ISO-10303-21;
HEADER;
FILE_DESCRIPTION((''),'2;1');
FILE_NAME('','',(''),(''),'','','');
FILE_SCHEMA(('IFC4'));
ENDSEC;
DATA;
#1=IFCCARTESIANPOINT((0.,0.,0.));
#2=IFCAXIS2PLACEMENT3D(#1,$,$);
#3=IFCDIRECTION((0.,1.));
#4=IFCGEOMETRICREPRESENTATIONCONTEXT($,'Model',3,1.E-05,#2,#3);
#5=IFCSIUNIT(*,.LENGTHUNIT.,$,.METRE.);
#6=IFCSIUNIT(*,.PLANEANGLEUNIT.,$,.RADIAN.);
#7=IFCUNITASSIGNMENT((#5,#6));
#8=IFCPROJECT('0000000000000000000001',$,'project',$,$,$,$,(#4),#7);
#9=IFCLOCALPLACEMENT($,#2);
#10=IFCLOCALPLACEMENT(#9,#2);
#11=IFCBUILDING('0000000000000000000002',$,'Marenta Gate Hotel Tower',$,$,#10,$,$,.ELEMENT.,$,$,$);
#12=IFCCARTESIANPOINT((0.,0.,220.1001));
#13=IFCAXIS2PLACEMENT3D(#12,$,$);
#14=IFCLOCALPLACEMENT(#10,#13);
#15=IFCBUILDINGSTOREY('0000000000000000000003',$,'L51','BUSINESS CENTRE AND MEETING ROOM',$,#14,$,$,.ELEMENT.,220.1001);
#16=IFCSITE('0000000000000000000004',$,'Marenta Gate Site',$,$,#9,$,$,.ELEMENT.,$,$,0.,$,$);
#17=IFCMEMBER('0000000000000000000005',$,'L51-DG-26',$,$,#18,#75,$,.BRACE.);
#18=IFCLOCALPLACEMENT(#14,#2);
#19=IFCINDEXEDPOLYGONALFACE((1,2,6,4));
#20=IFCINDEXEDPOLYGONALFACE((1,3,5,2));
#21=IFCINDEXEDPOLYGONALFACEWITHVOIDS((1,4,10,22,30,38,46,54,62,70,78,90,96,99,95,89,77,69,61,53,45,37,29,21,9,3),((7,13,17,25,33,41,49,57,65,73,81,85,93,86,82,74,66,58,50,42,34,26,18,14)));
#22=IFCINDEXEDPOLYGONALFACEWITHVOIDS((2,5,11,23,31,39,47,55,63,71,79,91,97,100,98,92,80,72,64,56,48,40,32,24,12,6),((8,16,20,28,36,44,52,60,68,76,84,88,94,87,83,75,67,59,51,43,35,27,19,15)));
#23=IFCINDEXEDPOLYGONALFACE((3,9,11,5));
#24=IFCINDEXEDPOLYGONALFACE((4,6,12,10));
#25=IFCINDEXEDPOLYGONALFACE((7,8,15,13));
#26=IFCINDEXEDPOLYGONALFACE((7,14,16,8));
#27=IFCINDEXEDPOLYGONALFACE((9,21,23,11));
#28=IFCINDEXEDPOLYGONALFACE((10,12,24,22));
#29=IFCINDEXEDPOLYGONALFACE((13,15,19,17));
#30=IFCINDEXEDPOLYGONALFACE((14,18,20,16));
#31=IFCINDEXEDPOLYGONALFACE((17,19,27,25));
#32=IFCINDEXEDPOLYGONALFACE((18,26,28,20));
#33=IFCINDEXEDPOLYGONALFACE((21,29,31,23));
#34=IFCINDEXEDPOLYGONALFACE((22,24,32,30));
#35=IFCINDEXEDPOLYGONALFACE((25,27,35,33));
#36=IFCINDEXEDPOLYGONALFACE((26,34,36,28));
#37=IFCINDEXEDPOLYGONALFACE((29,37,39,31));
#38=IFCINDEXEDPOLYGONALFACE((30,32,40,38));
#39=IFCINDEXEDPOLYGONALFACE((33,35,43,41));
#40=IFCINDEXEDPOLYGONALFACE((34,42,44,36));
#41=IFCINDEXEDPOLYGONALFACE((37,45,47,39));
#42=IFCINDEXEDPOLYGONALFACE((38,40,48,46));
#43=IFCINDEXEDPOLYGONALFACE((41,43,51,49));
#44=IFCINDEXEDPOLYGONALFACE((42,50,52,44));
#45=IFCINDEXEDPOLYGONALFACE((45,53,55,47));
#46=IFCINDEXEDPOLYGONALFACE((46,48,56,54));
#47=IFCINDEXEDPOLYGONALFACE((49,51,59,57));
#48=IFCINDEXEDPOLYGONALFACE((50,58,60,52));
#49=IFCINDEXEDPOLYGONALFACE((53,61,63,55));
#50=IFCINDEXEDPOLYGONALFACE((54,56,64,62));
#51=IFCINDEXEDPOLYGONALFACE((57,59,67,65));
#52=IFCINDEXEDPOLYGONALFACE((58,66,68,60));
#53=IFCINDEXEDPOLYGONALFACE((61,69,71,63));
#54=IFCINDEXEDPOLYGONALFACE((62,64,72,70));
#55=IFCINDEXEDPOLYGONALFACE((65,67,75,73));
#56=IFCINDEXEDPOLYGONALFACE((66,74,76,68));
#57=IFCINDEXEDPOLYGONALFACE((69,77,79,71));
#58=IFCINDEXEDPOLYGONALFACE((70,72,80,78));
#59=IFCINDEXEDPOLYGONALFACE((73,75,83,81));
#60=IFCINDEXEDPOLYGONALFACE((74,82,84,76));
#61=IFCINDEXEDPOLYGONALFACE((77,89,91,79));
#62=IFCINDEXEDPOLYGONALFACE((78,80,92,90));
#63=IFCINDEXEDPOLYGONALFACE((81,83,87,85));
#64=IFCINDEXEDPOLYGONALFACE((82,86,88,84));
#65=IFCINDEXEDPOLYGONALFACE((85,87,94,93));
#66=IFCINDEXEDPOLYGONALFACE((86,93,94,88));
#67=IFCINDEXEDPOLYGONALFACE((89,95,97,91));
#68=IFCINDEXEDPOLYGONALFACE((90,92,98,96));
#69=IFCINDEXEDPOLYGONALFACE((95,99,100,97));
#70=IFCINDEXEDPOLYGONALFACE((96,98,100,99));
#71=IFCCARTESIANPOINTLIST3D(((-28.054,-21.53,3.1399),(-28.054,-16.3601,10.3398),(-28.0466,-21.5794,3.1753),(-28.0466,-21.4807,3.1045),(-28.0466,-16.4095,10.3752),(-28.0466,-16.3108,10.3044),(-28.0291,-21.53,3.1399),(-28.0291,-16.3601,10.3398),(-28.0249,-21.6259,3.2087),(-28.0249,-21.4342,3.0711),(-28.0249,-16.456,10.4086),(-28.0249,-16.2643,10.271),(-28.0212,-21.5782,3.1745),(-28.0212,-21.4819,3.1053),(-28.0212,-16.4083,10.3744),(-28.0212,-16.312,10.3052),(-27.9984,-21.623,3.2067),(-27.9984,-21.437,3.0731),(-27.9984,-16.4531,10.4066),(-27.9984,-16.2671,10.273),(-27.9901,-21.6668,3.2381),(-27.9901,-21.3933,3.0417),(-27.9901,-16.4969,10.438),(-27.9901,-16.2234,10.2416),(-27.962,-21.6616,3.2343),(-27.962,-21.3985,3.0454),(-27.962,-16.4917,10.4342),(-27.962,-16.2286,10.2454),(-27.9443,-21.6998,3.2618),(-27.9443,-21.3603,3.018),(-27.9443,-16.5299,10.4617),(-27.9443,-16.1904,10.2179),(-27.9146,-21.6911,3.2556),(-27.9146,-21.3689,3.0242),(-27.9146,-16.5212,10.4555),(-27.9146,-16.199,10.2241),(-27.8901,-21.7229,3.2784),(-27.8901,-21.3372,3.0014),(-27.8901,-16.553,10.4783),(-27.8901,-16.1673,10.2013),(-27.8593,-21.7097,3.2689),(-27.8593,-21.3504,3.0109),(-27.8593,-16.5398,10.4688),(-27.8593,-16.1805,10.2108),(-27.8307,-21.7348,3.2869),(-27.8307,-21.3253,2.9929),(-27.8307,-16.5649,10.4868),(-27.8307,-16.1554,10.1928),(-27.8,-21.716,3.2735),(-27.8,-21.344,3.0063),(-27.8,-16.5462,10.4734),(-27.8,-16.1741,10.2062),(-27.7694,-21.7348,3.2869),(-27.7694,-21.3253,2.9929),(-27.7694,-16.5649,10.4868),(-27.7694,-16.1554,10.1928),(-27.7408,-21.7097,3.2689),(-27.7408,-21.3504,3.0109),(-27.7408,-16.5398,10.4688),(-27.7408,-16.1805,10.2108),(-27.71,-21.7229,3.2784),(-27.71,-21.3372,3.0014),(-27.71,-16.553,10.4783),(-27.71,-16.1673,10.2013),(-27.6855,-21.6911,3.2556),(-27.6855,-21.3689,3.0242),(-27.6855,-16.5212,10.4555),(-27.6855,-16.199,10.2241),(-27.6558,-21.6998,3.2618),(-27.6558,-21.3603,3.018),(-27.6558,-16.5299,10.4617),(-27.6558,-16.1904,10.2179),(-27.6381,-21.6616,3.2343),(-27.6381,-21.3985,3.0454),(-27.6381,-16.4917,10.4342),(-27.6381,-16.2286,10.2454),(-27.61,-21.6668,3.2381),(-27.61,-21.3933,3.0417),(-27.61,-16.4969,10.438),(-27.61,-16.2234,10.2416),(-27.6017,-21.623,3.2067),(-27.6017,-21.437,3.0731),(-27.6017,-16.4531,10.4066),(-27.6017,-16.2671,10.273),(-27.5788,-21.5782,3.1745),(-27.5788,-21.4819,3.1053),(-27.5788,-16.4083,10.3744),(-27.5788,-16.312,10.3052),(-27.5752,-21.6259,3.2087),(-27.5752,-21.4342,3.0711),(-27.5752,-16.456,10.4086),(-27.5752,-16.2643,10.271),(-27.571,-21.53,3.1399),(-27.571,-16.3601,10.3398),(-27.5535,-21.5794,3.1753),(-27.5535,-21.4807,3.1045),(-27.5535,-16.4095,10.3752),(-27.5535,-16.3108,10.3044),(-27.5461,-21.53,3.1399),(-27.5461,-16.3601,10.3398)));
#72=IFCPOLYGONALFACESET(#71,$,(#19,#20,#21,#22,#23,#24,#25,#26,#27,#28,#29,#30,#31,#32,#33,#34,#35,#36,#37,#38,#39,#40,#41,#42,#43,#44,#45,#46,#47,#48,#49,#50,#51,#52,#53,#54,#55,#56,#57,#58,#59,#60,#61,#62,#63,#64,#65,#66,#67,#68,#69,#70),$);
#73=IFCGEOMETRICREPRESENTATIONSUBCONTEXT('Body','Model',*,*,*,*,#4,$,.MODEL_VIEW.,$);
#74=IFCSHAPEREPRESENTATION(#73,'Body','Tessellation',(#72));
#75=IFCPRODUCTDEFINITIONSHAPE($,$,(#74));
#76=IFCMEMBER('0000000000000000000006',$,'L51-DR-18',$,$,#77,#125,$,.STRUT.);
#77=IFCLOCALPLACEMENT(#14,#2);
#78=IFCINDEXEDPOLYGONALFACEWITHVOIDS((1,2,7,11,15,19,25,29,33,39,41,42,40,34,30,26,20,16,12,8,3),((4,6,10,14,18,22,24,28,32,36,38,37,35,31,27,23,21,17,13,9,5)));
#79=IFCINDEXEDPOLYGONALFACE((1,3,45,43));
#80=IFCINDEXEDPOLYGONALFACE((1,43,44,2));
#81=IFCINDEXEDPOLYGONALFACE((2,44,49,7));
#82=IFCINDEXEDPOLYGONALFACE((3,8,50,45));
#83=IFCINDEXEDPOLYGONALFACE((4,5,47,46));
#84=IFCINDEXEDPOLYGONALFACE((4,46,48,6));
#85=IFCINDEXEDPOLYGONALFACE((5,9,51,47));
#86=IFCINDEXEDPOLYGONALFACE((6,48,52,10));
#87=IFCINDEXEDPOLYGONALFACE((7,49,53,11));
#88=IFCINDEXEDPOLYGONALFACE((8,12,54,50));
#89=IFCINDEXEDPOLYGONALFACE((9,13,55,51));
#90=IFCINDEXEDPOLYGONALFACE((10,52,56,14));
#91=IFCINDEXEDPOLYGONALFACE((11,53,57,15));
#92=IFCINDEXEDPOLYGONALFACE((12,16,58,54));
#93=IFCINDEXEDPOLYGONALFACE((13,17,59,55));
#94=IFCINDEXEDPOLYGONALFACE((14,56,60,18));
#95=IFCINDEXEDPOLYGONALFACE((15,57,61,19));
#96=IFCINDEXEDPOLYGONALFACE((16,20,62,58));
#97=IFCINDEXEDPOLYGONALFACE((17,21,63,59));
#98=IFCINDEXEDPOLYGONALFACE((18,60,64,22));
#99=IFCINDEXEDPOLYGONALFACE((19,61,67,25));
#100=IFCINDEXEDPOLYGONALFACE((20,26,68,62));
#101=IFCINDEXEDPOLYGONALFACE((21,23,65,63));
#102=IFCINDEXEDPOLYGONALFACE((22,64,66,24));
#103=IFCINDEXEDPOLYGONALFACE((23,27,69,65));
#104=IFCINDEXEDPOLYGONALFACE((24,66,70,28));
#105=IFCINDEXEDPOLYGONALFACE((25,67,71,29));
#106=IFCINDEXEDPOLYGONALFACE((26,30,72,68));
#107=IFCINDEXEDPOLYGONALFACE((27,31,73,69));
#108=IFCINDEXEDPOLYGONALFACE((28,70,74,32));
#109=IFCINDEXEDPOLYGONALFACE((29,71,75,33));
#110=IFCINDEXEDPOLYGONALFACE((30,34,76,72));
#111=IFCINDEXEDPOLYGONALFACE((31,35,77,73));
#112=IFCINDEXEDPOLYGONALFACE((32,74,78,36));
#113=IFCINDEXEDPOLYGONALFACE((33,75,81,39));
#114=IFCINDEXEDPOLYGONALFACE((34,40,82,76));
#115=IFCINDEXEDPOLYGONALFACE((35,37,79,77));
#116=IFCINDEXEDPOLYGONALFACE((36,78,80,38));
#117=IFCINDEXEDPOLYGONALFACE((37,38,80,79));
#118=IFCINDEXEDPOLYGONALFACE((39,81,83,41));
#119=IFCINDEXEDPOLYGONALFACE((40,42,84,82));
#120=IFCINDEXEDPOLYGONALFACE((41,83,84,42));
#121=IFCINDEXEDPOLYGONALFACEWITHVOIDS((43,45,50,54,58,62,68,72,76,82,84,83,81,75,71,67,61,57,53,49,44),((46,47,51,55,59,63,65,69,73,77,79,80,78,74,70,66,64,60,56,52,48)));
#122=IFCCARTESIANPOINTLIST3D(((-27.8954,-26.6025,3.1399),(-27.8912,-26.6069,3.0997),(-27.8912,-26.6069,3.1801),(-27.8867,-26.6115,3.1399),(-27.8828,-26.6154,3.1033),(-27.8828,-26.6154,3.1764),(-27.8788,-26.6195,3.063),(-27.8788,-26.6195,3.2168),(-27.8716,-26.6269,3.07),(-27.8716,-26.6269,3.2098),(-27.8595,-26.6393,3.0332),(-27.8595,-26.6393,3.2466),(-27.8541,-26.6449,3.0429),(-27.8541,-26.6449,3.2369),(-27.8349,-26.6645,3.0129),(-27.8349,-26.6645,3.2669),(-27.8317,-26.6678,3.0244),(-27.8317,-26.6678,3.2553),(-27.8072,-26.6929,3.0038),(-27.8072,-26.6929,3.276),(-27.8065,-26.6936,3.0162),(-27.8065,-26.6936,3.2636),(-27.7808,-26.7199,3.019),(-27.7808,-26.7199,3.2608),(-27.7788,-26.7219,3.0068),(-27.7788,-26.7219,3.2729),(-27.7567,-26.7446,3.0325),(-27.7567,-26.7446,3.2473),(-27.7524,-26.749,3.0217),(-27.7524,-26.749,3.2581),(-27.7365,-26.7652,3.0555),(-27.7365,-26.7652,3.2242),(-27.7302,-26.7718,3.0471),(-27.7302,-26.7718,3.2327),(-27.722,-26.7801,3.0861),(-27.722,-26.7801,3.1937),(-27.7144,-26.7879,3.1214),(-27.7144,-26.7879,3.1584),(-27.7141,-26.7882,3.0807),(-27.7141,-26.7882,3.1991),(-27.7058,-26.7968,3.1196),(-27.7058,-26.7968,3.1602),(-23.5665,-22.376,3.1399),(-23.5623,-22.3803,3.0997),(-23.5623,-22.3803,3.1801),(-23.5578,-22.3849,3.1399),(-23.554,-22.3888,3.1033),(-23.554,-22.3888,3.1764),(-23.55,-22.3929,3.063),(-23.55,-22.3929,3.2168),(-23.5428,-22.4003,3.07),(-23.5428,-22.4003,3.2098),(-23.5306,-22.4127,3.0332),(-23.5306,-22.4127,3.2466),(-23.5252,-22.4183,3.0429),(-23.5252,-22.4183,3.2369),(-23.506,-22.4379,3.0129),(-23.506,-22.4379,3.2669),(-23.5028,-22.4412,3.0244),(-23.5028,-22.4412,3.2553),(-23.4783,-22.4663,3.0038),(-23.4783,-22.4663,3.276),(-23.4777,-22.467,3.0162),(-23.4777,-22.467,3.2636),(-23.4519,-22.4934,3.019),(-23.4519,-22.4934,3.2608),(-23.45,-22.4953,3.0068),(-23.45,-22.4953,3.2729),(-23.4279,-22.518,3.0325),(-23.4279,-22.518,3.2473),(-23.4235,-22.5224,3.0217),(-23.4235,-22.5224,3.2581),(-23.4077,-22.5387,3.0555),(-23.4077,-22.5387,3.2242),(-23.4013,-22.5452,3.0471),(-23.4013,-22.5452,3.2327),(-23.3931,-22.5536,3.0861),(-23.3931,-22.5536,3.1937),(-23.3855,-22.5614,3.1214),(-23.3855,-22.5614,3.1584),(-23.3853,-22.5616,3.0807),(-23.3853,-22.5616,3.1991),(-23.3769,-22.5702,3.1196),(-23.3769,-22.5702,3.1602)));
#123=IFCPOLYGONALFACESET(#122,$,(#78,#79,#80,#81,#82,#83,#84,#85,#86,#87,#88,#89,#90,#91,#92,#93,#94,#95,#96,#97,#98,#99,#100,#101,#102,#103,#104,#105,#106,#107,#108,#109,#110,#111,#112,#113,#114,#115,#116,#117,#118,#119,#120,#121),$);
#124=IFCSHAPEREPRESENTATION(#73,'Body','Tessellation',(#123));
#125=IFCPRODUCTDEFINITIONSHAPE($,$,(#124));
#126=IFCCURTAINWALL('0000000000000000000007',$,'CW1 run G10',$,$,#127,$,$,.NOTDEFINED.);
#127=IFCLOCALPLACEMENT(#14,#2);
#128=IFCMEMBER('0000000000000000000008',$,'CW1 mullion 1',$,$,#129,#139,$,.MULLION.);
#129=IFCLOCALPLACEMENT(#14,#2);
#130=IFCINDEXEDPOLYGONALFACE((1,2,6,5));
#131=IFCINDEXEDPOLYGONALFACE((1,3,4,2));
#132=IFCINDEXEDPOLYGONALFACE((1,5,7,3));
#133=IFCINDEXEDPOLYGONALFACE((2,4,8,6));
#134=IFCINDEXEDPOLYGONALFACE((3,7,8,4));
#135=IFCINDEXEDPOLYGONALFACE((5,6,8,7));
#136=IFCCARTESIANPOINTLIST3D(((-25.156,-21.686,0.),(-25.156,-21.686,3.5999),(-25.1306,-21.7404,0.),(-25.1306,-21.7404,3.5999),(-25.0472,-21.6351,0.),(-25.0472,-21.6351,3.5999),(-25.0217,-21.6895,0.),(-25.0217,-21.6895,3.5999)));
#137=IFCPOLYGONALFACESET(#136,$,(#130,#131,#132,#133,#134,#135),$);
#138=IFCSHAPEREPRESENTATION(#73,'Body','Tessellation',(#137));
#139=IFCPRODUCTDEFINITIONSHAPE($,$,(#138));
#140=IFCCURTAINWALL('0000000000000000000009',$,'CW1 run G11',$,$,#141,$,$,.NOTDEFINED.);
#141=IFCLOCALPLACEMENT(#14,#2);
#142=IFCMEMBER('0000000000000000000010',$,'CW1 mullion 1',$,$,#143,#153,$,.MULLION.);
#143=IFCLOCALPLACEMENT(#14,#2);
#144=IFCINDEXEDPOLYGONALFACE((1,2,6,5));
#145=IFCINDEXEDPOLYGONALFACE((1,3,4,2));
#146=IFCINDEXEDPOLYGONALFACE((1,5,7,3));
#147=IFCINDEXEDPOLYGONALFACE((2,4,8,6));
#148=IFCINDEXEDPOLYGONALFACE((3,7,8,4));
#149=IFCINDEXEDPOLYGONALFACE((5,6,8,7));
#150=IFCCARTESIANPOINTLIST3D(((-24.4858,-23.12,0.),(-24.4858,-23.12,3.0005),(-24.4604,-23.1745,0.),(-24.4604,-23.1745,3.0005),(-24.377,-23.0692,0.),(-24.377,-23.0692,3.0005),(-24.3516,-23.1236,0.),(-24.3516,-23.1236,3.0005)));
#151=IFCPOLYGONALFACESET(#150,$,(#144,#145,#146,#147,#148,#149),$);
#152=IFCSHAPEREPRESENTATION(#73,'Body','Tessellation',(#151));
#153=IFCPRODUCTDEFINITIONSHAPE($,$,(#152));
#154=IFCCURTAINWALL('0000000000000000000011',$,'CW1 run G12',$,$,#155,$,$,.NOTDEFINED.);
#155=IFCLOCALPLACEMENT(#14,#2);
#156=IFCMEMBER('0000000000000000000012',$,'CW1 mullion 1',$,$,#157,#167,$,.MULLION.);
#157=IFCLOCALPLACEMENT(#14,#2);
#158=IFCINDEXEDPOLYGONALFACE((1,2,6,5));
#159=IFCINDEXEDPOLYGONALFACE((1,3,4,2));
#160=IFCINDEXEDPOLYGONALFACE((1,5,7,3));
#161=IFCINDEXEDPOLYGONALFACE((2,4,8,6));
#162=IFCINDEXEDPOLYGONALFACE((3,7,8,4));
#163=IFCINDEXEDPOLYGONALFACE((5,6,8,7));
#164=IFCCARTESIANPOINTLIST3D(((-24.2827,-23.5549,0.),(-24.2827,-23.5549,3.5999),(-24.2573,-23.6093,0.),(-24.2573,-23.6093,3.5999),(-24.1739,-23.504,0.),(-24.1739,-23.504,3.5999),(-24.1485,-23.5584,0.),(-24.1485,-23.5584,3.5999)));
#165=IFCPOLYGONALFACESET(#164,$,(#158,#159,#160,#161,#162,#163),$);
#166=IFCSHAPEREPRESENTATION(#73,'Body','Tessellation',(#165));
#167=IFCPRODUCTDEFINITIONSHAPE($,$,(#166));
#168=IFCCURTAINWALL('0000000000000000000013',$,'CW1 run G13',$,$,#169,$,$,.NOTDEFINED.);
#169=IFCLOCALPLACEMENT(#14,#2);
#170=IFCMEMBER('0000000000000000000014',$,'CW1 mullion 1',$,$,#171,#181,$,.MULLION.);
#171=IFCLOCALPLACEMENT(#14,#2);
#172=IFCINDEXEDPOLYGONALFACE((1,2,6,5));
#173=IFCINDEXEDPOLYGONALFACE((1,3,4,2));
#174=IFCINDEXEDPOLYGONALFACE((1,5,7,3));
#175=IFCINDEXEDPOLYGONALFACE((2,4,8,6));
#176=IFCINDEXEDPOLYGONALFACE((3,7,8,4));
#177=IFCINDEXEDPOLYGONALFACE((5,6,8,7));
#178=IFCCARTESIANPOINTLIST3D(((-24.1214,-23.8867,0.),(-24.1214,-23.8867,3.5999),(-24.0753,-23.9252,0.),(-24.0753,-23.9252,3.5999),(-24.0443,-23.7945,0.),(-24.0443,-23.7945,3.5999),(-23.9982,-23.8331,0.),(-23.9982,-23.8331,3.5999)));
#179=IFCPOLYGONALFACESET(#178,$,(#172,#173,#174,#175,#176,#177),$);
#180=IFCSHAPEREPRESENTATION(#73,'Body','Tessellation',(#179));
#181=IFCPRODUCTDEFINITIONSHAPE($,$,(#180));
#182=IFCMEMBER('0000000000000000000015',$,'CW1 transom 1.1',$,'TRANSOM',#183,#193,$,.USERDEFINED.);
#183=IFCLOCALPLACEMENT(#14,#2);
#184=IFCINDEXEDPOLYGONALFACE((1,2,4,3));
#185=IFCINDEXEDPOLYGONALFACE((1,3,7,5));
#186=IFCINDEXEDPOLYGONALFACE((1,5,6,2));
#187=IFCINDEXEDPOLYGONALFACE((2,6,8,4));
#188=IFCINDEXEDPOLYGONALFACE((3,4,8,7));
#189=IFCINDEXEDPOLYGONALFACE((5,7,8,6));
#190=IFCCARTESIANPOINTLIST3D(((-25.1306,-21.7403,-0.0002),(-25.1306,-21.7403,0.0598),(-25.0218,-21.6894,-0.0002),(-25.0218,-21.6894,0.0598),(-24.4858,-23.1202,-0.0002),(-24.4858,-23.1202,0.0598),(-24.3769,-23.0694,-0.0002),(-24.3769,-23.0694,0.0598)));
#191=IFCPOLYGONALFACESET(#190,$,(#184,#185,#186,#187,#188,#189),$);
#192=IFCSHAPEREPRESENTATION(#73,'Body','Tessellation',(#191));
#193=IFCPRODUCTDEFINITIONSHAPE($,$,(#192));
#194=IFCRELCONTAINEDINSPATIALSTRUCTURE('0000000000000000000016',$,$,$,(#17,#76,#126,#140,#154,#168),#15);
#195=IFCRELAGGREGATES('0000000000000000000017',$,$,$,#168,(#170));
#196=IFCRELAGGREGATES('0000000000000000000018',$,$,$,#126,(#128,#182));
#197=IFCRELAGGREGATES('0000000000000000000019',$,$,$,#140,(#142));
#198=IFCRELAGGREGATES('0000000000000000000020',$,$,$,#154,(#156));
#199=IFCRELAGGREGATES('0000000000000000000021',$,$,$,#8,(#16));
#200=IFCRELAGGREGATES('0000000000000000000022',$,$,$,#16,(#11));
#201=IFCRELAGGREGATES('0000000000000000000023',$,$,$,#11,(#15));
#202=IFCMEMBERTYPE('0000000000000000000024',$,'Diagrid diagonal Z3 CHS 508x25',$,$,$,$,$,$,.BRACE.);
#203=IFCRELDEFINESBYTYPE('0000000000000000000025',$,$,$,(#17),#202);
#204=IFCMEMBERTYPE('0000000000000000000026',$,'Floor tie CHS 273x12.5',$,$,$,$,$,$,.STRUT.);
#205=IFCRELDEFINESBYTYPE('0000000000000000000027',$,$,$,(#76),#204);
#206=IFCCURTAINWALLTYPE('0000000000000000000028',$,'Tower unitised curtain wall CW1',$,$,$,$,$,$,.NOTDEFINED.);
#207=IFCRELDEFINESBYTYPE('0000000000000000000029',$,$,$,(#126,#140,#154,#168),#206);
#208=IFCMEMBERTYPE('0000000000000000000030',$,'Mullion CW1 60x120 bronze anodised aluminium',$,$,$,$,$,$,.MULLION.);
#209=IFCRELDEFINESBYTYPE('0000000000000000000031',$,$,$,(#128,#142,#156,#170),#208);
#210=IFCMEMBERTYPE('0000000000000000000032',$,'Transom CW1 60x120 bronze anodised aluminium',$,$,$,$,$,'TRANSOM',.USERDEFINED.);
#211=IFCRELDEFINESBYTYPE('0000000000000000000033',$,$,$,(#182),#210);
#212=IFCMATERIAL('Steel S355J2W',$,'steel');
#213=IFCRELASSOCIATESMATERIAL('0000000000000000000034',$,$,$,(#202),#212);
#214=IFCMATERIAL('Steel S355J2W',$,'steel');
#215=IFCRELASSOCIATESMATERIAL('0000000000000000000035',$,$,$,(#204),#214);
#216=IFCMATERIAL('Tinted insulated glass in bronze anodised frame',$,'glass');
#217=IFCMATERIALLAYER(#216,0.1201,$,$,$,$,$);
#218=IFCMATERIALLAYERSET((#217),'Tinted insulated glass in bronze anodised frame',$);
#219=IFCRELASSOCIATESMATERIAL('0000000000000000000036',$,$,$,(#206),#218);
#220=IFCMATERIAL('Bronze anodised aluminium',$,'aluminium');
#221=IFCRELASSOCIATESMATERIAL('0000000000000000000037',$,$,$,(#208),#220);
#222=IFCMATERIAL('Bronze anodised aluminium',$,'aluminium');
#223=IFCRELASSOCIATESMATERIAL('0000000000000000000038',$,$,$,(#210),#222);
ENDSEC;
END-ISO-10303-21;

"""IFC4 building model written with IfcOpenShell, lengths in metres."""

from ifc_helpers import new_model, si_unit, direction, frame, origin, origin_2d, place, context, subcontext, project, spatial, rectangle, hollow_circle, extrude, material, layer, layer_set, material_profile, profile_set, type_object, element, aggregate, save


model = new_model("IFC4")

# Units and contexts
model_context = context("Model", 3, precision=1e-05, world=origin(), true_north=direction((0.0, 1.0)))
body_context = subcontext(model_context, "Body", "Model", "MODEL_VIEW")
ifc_project = project(units=[si_unit("LENGTHUNIT", "METRE"), si_unit("PLANEANGLEUNIT", "RADIAN")], contexts=[model_context])

# Site, building, storey
site_placement = place(None, origin())
site = spatial("IfcSite", under=ifc_project, at=site_placement, Name="Marenta Gate Site", CompositionType="ELEMENT", RefElevation=0.0)
building_placement = place(site_placement, origin())
building = spatial("IfcBuilding", under=site, at=building_placement, Name="Marenta Gate Hotel Tower", CompositionType="ELEMENT")
storey_placement = place(building_placement, frame((0.0, 0.0, 220.1001)))
storey = spatial("IfcBuildingStorey", under=building, at=storey_placement, Name="L51", Description="BUSINESS CENTRE AND MEETING ROOM", CompositionType="ELEMENT", Elevation=220.1001)

# Members
ifc_material_1 = material(Name="Steel S355J2W", Category="steel")
ifc_material_profile_1 = material_profile(ifc_material_1, hollow_circle(Radius=0.2539, WallThickness=0.0249, at=origin_2d()), Name="CHS 508x25")
ifc_profile_set_1 = profile_set([ifc_material_profile_1], Name="Steel S355J2W")
member_type_1 = type_object("IfcMemberType", Name="Diagrid diagonal Z3 CHS 508x25", PredefinedType="BRACE", material=ifc_profile_set_1)
member_1_placement = place(storey_placement, frame((-27.8, -21.53, 3.1399), z_axis=(0.0, 0.583261, 0.812285), x_axis=(-1.0, 0.0, 0.0)))
element("IfcMember", 1, at=member_1_placement, inside=storey, type_object=member_type_1, Name="L51-DG-26", PredefinedType="BRACE", context=body_context, shape_type="SweptSolid", body=[
    extrude(hollow_circle(Radius=0.2539, WallThickness=0.0249, at=origin_2d()), origin(), (0.0, 0.0, 1.0), 8.8638),
])
ifc_material_2 = material(Name="Steel S355J2W", Category="steel")
ifc_material_profile_2 = material_profile(ifc_material_2, hollow_circle(Radius=0.1365, WallThickness=0.0125, at=origin_2d()), Name="CHS 273x12.5")
ifc_profile_set_2 = profile_set([ifc_material_profile_2], Name="Steel S355J2W")
member_type_2 = type_object("IfcMemberType", Name="Floor tie CHS 273x12.5", PredefinedType="STRUT", material=ifc_profile_set_2)
member_2_placement = place(storey_placement, frame((-27.8, -26.7002, 3.1399), z_axis=(0.71551, 0.698602, 0.0), x_axis=(-0.698602, 0.71551, 0.0)))
element("IfcMember", 2, at=member_2_placement, inside=storey, type_object=member_type_2, Name="L51-DR-18", PredefinedType="STRUT", context=body_context, shape_type="SweptSolid", body=[
    extrude(hollow_circle(Radius=0.1365, WallThickness=0.0125, at=origin_2d()), origin(), (0.0, 0.0, 1.0), 6.05),
])

# Curtain walls, members
ifc_material_3 = material(Name="Tinted insulated glass in bronze anodised frame", Category="glass")
ifc_layer_1 = layer(ifc_material_3, 0.1201)
ifc_layer_set_1 = layer_set([ifc_layer_1], Name="Tinted insulated glass in bronze anodised frame")
curtain_wall_type = type_object("IfcCurtainWallType", Name="Tower unitised curtain wall CW1", PredefinedType="NOTDEFINED", material=ifc_layer_set_1)
curtain_wall_1_placement = place(storey_placement, origin())
curtain_wall_1 = element("IfcCurtainWall", 3, at=curtain_wall_1_placement, inside=storey, type_object=curtain_wall_type, Name="CW1 run G10", PredefinedType="NOTDEFINED")
ifc_material_4 = material(Name="Bronze anodised aluminium", Category="aluminium")
ifc_material_profile_3 = material_profile(ifc_material_4, rectangle(XDim=0.1201, YDim=0.0601, at=origin_2d()), Name="Mullion CW1 60x120 bronze anodised aluminium")
ifc_profile_set_3 = profile_set([ifc_material_profile_3], Name="Bronze anodised aluminium")
member_type_3 = type_object("IfcMemberType", Name="Mullion CW1 60x120 bronze anodised aluminium", PredefinedType="MULLION", material=ifc_profile_set_3)
member_3_placement = place(storey_placement, frame((-25.0889, -21.6877, 0.0), z_axis=(0.0, 0.0, 1.0), x_axis=(0.905976, 0.423328, 0.0)))
member_3 = element("IfcMember", 4, at=member_3_placement, type_object=member_type_3, Name="CW1 mullion 1", PredefinedType="MULLION", context=body_context, shape_type="SweptSolid", body=[
    extrude(rectangle(XDim=0.1201, YDim=0.0601, at=origin_2d()), origin(), (0.0, 0.0, 1.0), 3.5999),
])
curtain_wall_2_placement = place(storey_placement, origin())
curtain_wall_2 = element("IfcCurtainWall", 5, at=curtain_wall_2_placement, inside=storey, type_object=curtain_wall_type, Name="CW1 run G11", PredefinedType="NOTDEFINED")
member_4_placement = place(storey_placement, frame((-24.4187, -23.1218, 0.0), z_axis=(0.0, 0.0, 1.0), x_axis=(0.905949, 0.423387, 0.0)))
member_4 = element("IfcMember", 6, at=member_4_placement, type_object=member_type_3, Name="CW1 mullion 1", PredefinedType="MULLION", context=body_context, shape_type="SweptSolid", body=[
    extrude(rectangle(XDim=0.1201, YDim=0.0601, at=origin_2d()), origin(), (0.0, 0.0, 1.0), 3.0005),
])
curtain_wall_3_placement = place(storey_placement, origin())
curtain_wall_3 = element("IfcCurtainWall", 7, at=curtain_wall_3_placement, inside=storey, type_object=curtain_wall_type, Name="CW1 run G12", PredefinedType="NOTDEFINED")
member_5_placement = place(storey_placement, frame((-24.2156, -23.5566, 0.0), z_axis=(0.0, 0.0, 1.0), x_axis=(0.90599, 0.4233, 0.0)))
member_5 = element("IfcMember", 8, at=member_5_placement, type_object=member_type_3, Name="CW1 mullion 1", PredefinedType="MULLION", context=body_context, shape_type="SweptSolid", body=[
    extrude(rectangle(XDim=0.1201, YDim=0.0601, at=origin_2d()), origin(), (0.0, 0.0, 1.0), 3.5999),
])
curtain_wall_4_placement = place(storey_placement, origin())
curtain_wall_4 = element("IfcCurtainWall", 9, at=curtain_wall_4_placement, inside=storey, type_object=curtain_wall_type, Name="CW1 run G13", PredefinedType="NOTDEFINED")
member_6_placement = place(storey_placement, frame((-24.0598, -23.8599, 0.0), z_axis=(0.0, 0.0, 1.0), x_axis=(0.641525, 0.767102, 0.0)))
member_6 = element("IfcMember", 10, at=member_6_placement, type_object=member_type_3, Name="CW1 mullion 1", PredefinedType="MULLION", context=body_context, shape_type="SweptSolid", body=[
    extrude(rectangle(XDim=0.1201, YDim=0.0601, at=origin_2d()), origin(), (0.0, 0.0, 1.0), 3.5999),
])

# Member
ifc_material_5 = material(Name="Bronze anodised aluminium", Category="aluminium")
ifc_material_profile_4 = material_profile(ifc_material_5, rectangle(XDim=0.1201, YDim=0.0601, at=origin_2d()), Name="Transom CW1 60x120 bronze anodised aluminium")
ifc_profile_set_4 = profile_set([ifc_material_profile_4], Name="Bronze anodised aluminium")
member_type_4 = type_object("IfcMemberType", Name="Transom CW1 60x120 bronze anodised aluminium", ElementType="TRANSOM", PredefinedType="USERDEFINED", material=ifc_profile_set_4)
member_7_placement = place(storey_placement, frame((-25.0762, -21.7148, 0.0298), z_axis=(0.423333, -0.905974, 0.0), x_axis=(0.905974, 0.423333, 0.0)))
member_7 = element("IfcMember", 11, at=member_7_placement, type_object=member_type_4, Name="CW1 transom 1.1", ObjectType="TRANSOM", PredefinedType="USERDEFINED", context=body_context, shape_type="SweptSolid", body=[
    extrude(rectangle(XDim=0.1201, YDim=0.0601, at=origin_2d()), origin(), (0.0, 0.0, 1.0), 1.5232),
])
aggregate(curtain_wall_4, [member_6])

aggregate(curtain_wall_1, [member_3, member_7])
aggregate(curtain_wall_2, [member_4])
aggregate(curtain_wall_3, [member_5])

save(model, "model.ifc")
